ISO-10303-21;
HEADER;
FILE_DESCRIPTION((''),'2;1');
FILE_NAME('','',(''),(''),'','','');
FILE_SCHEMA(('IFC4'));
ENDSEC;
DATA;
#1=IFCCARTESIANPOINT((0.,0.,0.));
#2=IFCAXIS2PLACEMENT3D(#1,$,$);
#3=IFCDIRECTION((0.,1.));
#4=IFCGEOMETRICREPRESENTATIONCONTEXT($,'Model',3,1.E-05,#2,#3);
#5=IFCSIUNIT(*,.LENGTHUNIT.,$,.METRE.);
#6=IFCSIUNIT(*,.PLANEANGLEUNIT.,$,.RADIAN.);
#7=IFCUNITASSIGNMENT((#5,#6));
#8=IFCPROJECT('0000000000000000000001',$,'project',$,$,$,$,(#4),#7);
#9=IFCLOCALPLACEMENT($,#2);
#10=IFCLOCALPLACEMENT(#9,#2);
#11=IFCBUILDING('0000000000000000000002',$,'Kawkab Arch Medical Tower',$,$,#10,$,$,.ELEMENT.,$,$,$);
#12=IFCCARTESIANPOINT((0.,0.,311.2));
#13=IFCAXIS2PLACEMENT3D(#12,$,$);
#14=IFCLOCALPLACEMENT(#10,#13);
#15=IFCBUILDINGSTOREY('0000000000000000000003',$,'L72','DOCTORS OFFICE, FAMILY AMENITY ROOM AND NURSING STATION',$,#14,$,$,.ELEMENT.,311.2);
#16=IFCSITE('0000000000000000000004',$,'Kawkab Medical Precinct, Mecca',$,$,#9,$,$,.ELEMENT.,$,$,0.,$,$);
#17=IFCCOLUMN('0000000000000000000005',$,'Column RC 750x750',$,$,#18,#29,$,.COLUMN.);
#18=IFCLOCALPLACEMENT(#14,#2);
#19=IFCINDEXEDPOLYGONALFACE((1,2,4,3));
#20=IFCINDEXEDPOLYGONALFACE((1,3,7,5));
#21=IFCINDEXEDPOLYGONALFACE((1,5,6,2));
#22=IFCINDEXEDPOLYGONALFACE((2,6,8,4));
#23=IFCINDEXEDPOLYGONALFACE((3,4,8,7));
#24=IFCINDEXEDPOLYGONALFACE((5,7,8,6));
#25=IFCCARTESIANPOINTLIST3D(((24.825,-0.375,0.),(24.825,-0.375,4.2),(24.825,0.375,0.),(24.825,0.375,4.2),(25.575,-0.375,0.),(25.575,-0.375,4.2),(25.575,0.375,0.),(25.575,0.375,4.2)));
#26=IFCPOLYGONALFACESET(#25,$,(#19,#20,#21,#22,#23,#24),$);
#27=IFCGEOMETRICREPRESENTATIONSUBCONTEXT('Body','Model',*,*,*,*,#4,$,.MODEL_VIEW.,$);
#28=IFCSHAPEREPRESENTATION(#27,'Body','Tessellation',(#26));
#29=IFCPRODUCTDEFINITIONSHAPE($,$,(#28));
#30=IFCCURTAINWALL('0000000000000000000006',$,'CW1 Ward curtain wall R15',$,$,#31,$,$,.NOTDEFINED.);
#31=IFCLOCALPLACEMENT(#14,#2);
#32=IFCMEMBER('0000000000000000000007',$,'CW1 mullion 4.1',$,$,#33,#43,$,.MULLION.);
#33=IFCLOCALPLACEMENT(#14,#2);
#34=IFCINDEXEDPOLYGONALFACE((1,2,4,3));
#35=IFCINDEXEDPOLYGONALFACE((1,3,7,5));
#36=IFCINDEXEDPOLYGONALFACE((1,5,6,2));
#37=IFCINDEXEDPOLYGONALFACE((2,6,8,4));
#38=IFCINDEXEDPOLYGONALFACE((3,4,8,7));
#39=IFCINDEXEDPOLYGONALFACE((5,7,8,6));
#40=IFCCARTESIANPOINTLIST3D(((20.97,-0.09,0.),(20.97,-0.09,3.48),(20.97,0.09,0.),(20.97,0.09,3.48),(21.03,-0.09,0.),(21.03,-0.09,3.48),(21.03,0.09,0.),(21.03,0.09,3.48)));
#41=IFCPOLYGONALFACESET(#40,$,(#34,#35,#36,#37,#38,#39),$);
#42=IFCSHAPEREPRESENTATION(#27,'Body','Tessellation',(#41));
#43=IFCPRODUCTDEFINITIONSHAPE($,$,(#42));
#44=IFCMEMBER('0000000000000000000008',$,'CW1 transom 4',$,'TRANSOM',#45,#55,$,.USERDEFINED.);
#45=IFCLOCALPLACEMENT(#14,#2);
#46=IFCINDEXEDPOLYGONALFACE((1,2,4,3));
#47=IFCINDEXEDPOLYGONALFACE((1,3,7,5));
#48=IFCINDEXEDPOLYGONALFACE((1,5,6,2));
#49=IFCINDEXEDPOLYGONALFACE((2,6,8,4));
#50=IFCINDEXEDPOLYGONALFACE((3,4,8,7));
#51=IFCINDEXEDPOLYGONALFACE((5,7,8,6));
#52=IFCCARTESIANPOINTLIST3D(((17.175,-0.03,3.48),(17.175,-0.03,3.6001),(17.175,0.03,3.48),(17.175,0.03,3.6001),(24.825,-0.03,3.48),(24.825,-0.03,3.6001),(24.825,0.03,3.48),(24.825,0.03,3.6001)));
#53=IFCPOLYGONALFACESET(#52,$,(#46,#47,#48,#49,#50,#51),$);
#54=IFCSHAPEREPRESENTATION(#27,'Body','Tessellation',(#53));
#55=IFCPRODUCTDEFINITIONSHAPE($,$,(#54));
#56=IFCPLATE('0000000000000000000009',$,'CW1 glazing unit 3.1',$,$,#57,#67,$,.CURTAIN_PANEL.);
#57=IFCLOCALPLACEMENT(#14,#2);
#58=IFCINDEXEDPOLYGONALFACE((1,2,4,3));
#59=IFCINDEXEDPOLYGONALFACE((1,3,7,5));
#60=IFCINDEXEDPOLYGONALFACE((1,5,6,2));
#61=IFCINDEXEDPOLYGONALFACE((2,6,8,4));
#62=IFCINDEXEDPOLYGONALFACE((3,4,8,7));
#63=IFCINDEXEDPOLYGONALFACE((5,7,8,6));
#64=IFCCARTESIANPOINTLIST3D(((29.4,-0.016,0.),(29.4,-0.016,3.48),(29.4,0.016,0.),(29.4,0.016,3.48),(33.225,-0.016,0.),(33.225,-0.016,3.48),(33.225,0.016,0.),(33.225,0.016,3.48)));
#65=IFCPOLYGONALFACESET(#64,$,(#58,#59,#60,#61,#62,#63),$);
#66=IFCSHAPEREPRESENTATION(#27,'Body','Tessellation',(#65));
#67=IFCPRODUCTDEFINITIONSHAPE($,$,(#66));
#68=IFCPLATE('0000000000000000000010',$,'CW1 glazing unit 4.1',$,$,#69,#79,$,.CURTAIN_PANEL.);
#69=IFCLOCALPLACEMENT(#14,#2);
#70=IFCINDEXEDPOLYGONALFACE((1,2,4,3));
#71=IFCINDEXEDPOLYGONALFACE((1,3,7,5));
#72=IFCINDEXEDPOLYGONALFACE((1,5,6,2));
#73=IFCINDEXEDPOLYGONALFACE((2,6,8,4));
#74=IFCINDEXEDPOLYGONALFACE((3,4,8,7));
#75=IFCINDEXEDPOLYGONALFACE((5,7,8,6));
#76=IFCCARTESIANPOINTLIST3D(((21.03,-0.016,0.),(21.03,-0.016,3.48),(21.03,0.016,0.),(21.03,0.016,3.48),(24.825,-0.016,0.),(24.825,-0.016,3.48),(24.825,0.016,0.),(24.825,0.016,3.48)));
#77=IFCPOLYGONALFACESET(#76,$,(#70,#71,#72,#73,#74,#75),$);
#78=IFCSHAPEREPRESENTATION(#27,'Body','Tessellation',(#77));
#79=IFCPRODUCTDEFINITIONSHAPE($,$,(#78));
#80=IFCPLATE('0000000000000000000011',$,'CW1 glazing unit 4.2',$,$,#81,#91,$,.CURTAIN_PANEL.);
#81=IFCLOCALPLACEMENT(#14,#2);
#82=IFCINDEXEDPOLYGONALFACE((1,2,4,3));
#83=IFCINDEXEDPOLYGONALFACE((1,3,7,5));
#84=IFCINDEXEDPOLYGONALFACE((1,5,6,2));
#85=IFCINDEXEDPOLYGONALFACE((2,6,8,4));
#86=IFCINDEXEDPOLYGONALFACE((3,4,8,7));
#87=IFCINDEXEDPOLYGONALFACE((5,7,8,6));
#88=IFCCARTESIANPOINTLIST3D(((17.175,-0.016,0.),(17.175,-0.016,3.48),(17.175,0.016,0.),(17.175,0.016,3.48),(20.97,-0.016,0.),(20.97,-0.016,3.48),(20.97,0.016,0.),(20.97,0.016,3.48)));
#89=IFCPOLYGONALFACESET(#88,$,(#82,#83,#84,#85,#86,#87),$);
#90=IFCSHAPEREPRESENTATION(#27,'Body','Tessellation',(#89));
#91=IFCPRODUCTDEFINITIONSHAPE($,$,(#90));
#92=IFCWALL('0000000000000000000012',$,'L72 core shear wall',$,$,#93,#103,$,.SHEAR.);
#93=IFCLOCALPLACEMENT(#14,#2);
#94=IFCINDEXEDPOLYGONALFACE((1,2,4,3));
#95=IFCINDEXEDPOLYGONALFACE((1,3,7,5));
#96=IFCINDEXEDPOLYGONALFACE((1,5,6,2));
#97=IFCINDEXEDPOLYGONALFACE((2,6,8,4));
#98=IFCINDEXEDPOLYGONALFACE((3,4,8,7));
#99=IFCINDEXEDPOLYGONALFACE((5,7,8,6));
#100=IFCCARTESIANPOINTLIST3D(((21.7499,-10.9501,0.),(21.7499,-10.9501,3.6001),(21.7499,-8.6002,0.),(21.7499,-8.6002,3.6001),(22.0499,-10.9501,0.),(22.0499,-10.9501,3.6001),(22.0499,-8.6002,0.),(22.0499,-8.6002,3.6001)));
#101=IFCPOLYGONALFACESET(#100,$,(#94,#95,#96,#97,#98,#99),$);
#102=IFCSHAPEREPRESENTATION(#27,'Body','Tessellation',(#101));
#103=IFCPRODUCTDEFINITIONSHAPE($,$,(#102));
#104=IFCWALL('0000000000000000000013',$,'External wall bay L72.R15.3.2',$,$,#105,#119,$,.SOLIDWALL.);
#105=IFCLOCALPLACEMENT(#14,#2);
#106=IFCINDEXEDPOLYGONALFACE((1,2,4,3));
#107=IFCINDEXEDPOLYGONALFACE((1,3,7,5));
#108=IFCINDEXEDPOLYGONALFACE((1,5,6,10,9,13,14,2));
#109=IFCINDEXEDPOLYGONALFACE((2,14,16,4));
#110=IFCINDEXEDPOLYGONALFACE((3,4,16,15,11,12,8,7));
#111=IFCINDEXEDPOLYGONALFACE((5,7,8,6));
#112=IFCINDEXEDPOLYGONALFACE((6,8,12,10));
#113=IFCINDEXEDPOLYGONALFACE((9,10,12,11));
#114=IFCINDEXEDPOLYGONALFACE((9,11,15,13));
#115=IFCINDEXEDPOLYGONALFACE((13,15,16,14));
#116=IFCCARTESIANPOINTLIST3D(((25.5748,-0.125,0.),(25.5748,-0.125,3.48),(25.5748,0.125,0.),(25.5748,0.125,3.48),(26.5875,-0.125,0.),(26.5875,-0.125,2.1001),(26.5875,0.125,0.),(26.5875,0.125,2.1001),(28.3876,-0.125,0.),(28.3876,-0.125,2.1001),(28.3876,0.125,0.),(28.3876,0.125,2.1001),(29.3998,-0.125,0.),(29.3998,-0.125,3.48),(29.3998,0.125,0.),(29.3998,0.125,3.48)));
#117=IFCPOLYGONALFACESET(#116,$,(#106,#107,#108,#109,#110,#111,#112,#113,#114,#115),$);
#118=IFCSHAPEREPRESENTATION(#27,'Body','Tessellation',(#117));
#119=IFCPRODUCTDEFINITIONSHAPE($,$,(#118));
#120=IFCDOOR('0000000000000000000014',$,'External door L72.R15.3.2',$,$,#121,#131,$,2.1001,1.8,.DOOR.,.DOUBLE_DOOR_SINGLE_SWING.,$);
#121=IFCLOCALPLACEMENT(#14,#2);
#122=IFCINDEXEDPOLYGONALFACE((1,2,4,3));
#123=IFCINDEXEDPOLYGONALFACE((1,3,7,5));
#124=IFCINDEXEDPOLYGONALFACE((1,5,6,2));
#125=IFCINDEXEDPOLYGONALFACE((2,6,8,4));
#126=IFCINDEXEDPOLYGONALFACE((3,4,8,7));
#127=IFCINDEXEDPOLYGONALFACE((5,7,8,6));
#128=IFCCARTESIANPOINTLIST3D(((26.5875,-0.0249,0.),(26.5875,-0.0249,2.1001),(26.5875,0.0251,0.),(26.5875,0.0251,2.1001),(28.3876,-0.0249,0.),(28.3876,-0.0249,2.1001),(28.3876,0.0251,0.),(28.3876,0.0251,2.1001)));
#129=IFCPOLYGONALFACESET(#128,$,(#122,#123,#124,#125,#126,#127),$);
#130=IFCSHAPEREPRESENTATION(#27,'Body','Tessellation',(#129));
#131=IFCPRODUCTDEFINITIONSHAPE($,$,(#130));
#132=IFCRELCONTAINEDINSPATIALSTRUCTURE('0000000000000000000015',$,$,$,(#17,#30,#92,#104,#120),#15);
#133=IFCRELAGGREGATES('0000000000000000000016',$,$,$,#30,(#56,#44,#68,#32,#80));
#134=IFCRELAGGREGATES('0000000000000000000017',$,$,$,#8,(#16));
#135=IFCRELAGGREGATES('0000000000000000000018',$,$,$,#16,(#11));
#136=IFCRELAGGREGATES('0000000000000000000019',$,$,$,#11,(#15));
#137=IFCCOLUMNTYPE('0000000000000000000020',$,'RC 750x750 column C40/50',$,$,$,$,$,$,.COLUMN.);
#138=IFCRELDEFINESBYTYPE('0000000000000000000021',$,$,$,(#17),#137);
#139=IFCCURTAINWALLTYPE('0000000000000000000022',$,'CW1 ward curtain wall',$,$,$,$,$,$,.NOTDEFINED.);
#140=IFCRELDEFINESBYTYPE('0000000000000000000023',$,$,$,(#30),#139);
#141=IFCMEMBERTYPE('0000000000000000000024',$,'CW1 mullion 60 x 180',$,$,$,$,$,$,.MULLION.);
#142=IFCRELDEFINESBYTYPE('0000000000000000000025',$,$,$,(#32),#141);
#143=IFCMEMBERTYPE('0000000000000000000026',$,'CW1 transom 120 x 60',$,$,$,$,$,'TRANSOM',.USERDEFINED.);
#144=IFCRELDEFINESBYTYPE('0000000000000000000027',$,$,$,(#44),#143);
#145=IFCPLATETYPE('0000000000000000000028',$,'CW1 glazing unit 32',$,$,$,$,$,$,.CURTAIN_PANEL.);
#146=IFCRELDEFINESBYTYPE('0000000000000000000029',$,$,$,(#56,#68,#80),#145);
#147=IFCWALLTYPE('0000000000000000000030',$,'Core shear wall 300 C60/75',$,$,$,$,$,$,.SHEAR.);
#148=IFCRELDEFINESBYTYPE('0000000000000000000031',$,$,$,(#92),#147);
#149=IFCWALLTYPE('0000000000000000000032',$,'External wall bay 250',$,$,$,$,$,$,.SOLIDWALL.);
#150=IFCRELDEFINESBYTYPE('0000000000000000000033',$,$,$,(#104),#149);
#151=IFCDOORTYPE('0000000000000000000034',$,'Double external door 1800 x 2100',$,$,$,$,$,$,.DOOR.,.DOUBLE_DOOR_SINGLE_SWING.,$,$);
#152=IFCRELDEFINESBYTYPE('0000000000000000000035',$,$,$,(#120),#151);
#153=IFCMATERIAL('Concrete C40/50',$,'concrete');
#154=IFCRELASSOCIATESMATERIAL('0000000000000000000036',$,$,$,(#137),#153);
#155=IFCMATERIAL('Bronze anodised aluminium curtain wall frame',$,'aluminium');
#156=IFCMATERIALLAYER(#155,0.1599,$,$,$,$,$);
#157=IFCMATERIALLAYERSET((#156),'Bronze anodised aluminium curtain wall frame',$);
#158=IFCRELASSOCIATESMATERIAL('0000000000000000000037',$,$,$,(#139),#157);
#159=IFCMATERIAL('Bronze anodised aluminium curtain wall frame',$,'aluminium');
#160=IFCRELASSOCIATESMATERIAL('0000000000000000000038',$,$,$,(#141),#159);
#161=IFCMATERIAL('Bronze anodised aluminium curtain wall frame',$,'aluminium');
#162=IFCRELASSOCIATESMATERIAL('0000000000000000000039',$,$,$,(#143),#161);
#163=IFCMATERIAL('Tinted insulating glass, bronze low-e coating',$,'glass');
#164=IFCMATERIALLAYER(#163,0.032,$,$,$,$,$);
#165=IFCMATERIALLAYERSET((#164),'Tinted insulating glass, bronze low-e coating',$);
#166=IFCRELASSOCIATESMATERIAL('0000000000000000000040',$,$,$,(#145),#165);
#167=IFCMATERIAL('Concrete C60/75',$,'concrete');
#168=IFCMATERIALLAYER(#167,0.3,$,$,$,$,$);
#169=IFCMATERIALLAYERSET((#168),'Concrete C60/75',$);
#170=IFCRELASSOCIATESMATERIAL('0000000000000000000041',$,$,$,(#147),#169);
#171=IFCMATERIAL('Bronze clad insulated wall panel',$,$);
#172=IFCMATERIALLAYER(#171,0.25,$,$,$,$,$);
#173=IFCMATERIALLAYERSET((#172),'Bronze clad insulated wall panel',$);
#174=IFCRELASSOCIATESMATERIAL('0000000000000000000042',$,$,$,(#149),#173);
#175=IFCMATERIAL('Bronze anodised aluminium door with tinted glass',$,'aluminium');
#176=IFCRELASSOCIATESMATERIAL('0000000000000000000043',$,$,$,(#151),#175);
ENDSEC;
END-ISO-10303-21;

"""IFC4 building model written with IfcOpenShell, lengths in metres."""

from ifc_helpers import new_model, si_unit, direction, frame, frame_2d, origin, origin_2d, place, context, subcontext, project, spatial, rectangle, extrude, material, layer, layer_set, material_profile, profile_set, type_object, element, fill, aggregate, save


model = new_model("IFC4")

# Units and contexts
model_context = context("Model", 3, precision=1e-05, world=origin(), true_north=direction((0.0, 1.0)))
body_context = subcontext(model_context, "Body", "Model", "MODEL_VIEW")
ifc_project = project(units=[si_unit("LENGTHUNIT", "METRE"), si_unit("PLANEANGLEUNIT", "RADIAN")], contexts=[model_context])

# Site, building, storey
site_placement = place(None, origin())
site = spatial("IfcSite", under=ifc_project, at=site_placement, Name="Kawkab Medical Precinct, Mecca", CompositionType="ELEMENT", RefElevation=0.0)
building_placement = place(site_placement, origin())
building = spatial("IfcBuilding", under=site, at=building_placement, Name="Kawkab Arch Medical Tower", CompositionType="ELEMENT")
storey_placement = place(building_placement, frame((0.0, 0.0, 311.2)))
storey = spatial("IfcBuildingStorey", under=building, at=storey_placement, Name="L72", Description="DOCTORS OFFICE, FAMILY AMENITY ROOM AND NURSING STATION", CompositionType="ELEMENT", Elevation=311.2)

# Column
ifc_material_1 = material(Name="Concrete C40/50", Category="concrete")
ifc_material_profile_1 = material_profile(ifc_material_1, rectangle(XDim=0.75, YDim=0.75, at=origin_2d()), Name="RC 750x750")
ifc_profile_set_1 = profile_set([ifc_material_profile_1], Name="Concrete C40/50")
column_type = type_object("IfcColumnType", Name="RC 750x750 column C40/50", PredefinedType="COLUMN", material=ifc_profile_set_1)
column_placement = place(storey_placement, frame((25.2, 0.0, 0.0), z_axis=(0.0, 0.0, 1.0), x_axis=(1.0, 0.0, 0.0)))
element("IfcColumn", 1, at=column_placement, inside=storey, type_object=column_type, Name="Column RC 750x750", PredefinedType="COLUMN", context=body_context, shape_type="SweptSolid", body=[
    extrude(rectangle(XDim=0.75, YDim=0.75, at=origin_2d()), origin(), (0.0, 0.0, 1.0), 4.2),
])

# Curtain wall, members, plates
ifc_material_2 = material(Name="Bronze anodised aluminium curtain wall frame", Category="aluminium")
ifc_layer_1 = layer(ifc_material_2, 0.1599)
ifc_layer_set_1 = layer_set([ifc_layer_1], Name="Bronze anodised aluminium curtain wall frame")
curtain_wall_type = type_object("IfcCurtainWallType", Name="CW1 ward curtain wall", PredefinedType="NOTDEFINED", material=ifc_layer_set_1)
placement = place(storey_placement, origin())
curtain_wall = element("IfcCurtainWall", 2, at=placement, inside=storey, type_object=curtain_wall_type, Name="CW1 Ward curtain wall R15", PredefinedType="NOTDEFINED")
ifc_material_3 = material(Name="Bronze anodised aluminium curtain wall frame", Category="aluminium")
ifc_material_profile_2 = material_profile(ifc_material_3, rectangle(XDim=0.1799, YDim=0.0601, at=origin_2d()), Name="AL 60x180")
ifc_profile_set_2 = profile_set([ifc_material_profile_2], Name="Bronze anodised aluminium curtain wall frame")
member_type_1 = type_object("IfcMemberType", Name="CW1 mullion 60 x 180", PredefinedType="MULLION", material=ifc_profile_set_2)
member_1_placement = place(storey_placement, frame((21.0, 0.0, 0.0), z_axis=(0.0, 0.0, 1.0), x_axis=(0.0, -1.0, 0.0)))
member_1 = element("IfcMember", 3, at=member_1_placement, type_object=member_type_1, Name="CW1 mullion 4.1", PredefinedType="MULLION", context=body_context, shape_type="SweptSolid", body=[
    extrude(rectangle(XDim=0.1799, YDim=0.0601, at=origin_2d()), origin(), (0.0, 0.0, 1.0), 3.48),
])
ifc_material_4 = material(Name="Bronze anodised aluminium curtain wall frame", Category="aluminium")
ifc_material_profile_3 = material_profile(ifc_material_4, rectangle(XDim=0.0601, YDim=0.1201, at=origin_2d()), Name="AL 60x120")
ifc_profile_set_3 = profile_set([ifc_material_profile_3], Name="Bronze anodised aluminium curtain wall frame")
member_type_2 = type_object("IfcMemberType", Name="CW1 transom 120 x 60", ElementType="TRANSOM", PredefinedType="USERDEFINED", material=ifc_profile_set_3)
member_2_placement = place(storey_placement, frame((24.825, 0.0, 3.54), z_axis=(-1.0, 0.0, 0.0), x_axis=(0.0, -1.0, 0.0)))
member_2 = element("IfcMember", 4, at=member_2_placement, type_object=member_type_2, Name="CW1 transom 4", ObjectType="TRANSOM", PredefinedType="USERDEFINED", context=body_context, shape_type="SweptSolid", body=[
    extrude(rectangle(XDim=0.0601, YDim=0.1201, at=origin_2d()), origin(), (0.0, 0.0, 1.0), 7.6499),
])
ifc_material_5 = material(Name="Tinted insulating glass, bronze low-e coating", Category="glass")
ifc_layer_2 = layer(ifc_material_5, 0.032)
ifc_layer_set_2 = layer_set([ifc_layer_2], Name="Tinted insulating glass, bronze low-e coating")
plate_type = type_object("IfcPlateType", Name="CW1 glazing unit 32", PredefinedType="CURTAIN_PANEL", material=ifc_layer_set_2)
plate_1_placement = place(storey_placement, frame((31.3125, 0.0, 0.0), z_axis=(0.0, 0.0, 1.0), x_axis=(-1.0, 0.0, 0.0)))
plate_1 = element("IfcPlate", 5, at=plate_1_placement, type_object=plate_type, Name="CW1 glazing unit 3.1", PredefinedType="CURTAIN_PANEL", context=body_context, shape_type="SweptSolid", body=[
    extrude(rectangle(XDim=3.825, YDim=0.032, at=origin_2d()), origin(), (0.0, 0.0, 1.0), 3.48),
])
plate_2_placement = place(storey_placement, frame((22.9275, 0.0, 0.0), z_axis=(0.0, 0.0, 1.0), x_axis=(-1.0, 0.0, 0.0)))
plate_2 = element("IfcPlate", 6, at=plate_2_placement, type_object=plate_type, Name="CW1 glazing unit 4.1", PredefinedType="CURTAIN_PANEL", context=body_context, shape_type="SweptSolid", body=[
    extrude(rectangle(XDim=3.7949, YDim=0.032, at=origin_2d()), origin(), (0.0, 0.0, 1.0), 3.48),
])
plate_3_placement = place(storey_placement, frame((19.0725, 0.0, 0.0), z_axis=(0.0, 0.0, 1.0), x_axis=(-1.0, 0.0, 0.0)))
plate_3 = element("IfcPlate", 7, at=plate_3_placement, type_object=plate_type, Name="CW1 glazing unit 4.2", PredefinedType="CURTAIN_PANEL", context=body_context, shape_type="SweptSolid", body=[
    extrude(rectangle(XDim=3.7949, YDim=0.032, at=origin_2d()), origin(), (0.0, 0.0, 1.0), 3.48),
])
aggregate(curtain_wall, [plate_1, member_2, plate_2, member_1, plate_3])

# Wall
ifc_material_6 = material(Name="Concrete C60/75", Category="concrete")
ifc_layer_3 = layer(ifc_material_6, 0.3)
ifc_layer_set_3 = layer_set([ifc_layer_3], Name="Concrete C60/75")
wall_type_1 = type_object("IfcWallType", Name="Core shear wall 300 C60/75", PredefinedType="SHEAR", material=ifc_layer_set_3)
wall_1_placement = place(storey_placement, frame((21.8999, -10.95, 0.0), z_axis=(0.0, 0.0, 1.0), x_axis=(0.0, 1.0, 0.0)))
element("IfcWall", 8, at=wall_1_placement, inside=storey, type_object=wall_type_1, Name="L72 core shear wall", PredefinedType="SHEAR", context=body_context, shape_type="SweptSolid", body=[
    extrude(rectangle(XDim=2.3499, YDim=0.3, at=frame_2d((1.1748, 0.0))), origin(), (0.0, 0.0, 1.0), 3.6001),
])

# Wall, opening, door
ifc_material_7 = material(Name="Bronze clad insulated wall panel")
ifc_layer_4 = layer(ifc_material_7, 0.25)
ifc_layer_set_4 = layer_set([ifc_layer_4], Name="Bronze clad insulated wall panel")
wall_type_2 = type_object("IfcWallType", Name="External wall bay 250", PredefinedType="SOLIDWALL", material=ifc_layer_set_4)
wall_2_placement = place(storey_placement, frame((29.3999, 0.0, 0.0), z_axis=(0.0, 0.0, 1.0), x_axis=(-1.0, 0.0, 0.0)))
wall_2 = element("IfcWall", 9, at=wall_2_placement, inside=storey, type_object=wall_type_2, Name="External wall bay L72.R15.3.2", PredefinedType="SOLIDWALL", context=body_context, shape_type="SweptSolid", body=[
    extrude(rectangle(XDim=3.825, YDim=0.25, at=frame_2d((1.9126, 0.0))), origin(), (0.0, 0.0, 1.0), 3.48),
])
opening_1_placement = place(wall_2_placement, frame((1.0125, 0.0, 0.0)))
opening_1 = element("IfcOpeningElement", 10, at=opening_1_placement, cuts=wall_2, PredefinedType="OPENING", context=body_context, shape_type="SweptSolid", body=[
    extrude(rectangle(XDim=1.8, YDim=2.1001, at=frame_2d((0.8999, 1.05))), frame((0.0, 0.135, 0.0), z_axis=(0.0, -1.0, 0.0), x_axis=(1.0, 0.0, 0.0)), (0.0, 0.0, 1.0), 0.27),
])
ifc_material_8 = material(Name="Bronze anodised aluminium door with tinted glass", Category="aluminium")
door_type_1 = type_object("IfcDoorType", Name="Double external door 1800 x 2100", OperationType="DOUBLE_DOOR_SINGLE_SWING", PredefinedType="DOOR", material=ifc_material_8)
door_1_placement = place(opening_1_placement, origin())
door_1 = element("IfcDoor", 11, at=door_1_placement, inside=storey, type_object=door_type_1, Name="External door L72.R15.3.2", OperationType="DOUBLE_DOOR_SINGLE_SWING", OverallHeight=2.1001, OverallWidth=1.8, PredefinedType="DOOR", context=body_context, shape_type="SweptSolid", body=[
    extrude(rectangle(XDim=1.8, YDim=2.1001, at=frame_2d((0.8999, 1.05))), frame((0.0, 0.0249, 0.0), z_axis=(0.0, -1.0, 0.0), x_axis=(1.0, 0.0, 0.0)), (0.0, 0.0, 1.0), 0.05),
])
fill(opening_1, door_1)

save(model, "model.ifc")
